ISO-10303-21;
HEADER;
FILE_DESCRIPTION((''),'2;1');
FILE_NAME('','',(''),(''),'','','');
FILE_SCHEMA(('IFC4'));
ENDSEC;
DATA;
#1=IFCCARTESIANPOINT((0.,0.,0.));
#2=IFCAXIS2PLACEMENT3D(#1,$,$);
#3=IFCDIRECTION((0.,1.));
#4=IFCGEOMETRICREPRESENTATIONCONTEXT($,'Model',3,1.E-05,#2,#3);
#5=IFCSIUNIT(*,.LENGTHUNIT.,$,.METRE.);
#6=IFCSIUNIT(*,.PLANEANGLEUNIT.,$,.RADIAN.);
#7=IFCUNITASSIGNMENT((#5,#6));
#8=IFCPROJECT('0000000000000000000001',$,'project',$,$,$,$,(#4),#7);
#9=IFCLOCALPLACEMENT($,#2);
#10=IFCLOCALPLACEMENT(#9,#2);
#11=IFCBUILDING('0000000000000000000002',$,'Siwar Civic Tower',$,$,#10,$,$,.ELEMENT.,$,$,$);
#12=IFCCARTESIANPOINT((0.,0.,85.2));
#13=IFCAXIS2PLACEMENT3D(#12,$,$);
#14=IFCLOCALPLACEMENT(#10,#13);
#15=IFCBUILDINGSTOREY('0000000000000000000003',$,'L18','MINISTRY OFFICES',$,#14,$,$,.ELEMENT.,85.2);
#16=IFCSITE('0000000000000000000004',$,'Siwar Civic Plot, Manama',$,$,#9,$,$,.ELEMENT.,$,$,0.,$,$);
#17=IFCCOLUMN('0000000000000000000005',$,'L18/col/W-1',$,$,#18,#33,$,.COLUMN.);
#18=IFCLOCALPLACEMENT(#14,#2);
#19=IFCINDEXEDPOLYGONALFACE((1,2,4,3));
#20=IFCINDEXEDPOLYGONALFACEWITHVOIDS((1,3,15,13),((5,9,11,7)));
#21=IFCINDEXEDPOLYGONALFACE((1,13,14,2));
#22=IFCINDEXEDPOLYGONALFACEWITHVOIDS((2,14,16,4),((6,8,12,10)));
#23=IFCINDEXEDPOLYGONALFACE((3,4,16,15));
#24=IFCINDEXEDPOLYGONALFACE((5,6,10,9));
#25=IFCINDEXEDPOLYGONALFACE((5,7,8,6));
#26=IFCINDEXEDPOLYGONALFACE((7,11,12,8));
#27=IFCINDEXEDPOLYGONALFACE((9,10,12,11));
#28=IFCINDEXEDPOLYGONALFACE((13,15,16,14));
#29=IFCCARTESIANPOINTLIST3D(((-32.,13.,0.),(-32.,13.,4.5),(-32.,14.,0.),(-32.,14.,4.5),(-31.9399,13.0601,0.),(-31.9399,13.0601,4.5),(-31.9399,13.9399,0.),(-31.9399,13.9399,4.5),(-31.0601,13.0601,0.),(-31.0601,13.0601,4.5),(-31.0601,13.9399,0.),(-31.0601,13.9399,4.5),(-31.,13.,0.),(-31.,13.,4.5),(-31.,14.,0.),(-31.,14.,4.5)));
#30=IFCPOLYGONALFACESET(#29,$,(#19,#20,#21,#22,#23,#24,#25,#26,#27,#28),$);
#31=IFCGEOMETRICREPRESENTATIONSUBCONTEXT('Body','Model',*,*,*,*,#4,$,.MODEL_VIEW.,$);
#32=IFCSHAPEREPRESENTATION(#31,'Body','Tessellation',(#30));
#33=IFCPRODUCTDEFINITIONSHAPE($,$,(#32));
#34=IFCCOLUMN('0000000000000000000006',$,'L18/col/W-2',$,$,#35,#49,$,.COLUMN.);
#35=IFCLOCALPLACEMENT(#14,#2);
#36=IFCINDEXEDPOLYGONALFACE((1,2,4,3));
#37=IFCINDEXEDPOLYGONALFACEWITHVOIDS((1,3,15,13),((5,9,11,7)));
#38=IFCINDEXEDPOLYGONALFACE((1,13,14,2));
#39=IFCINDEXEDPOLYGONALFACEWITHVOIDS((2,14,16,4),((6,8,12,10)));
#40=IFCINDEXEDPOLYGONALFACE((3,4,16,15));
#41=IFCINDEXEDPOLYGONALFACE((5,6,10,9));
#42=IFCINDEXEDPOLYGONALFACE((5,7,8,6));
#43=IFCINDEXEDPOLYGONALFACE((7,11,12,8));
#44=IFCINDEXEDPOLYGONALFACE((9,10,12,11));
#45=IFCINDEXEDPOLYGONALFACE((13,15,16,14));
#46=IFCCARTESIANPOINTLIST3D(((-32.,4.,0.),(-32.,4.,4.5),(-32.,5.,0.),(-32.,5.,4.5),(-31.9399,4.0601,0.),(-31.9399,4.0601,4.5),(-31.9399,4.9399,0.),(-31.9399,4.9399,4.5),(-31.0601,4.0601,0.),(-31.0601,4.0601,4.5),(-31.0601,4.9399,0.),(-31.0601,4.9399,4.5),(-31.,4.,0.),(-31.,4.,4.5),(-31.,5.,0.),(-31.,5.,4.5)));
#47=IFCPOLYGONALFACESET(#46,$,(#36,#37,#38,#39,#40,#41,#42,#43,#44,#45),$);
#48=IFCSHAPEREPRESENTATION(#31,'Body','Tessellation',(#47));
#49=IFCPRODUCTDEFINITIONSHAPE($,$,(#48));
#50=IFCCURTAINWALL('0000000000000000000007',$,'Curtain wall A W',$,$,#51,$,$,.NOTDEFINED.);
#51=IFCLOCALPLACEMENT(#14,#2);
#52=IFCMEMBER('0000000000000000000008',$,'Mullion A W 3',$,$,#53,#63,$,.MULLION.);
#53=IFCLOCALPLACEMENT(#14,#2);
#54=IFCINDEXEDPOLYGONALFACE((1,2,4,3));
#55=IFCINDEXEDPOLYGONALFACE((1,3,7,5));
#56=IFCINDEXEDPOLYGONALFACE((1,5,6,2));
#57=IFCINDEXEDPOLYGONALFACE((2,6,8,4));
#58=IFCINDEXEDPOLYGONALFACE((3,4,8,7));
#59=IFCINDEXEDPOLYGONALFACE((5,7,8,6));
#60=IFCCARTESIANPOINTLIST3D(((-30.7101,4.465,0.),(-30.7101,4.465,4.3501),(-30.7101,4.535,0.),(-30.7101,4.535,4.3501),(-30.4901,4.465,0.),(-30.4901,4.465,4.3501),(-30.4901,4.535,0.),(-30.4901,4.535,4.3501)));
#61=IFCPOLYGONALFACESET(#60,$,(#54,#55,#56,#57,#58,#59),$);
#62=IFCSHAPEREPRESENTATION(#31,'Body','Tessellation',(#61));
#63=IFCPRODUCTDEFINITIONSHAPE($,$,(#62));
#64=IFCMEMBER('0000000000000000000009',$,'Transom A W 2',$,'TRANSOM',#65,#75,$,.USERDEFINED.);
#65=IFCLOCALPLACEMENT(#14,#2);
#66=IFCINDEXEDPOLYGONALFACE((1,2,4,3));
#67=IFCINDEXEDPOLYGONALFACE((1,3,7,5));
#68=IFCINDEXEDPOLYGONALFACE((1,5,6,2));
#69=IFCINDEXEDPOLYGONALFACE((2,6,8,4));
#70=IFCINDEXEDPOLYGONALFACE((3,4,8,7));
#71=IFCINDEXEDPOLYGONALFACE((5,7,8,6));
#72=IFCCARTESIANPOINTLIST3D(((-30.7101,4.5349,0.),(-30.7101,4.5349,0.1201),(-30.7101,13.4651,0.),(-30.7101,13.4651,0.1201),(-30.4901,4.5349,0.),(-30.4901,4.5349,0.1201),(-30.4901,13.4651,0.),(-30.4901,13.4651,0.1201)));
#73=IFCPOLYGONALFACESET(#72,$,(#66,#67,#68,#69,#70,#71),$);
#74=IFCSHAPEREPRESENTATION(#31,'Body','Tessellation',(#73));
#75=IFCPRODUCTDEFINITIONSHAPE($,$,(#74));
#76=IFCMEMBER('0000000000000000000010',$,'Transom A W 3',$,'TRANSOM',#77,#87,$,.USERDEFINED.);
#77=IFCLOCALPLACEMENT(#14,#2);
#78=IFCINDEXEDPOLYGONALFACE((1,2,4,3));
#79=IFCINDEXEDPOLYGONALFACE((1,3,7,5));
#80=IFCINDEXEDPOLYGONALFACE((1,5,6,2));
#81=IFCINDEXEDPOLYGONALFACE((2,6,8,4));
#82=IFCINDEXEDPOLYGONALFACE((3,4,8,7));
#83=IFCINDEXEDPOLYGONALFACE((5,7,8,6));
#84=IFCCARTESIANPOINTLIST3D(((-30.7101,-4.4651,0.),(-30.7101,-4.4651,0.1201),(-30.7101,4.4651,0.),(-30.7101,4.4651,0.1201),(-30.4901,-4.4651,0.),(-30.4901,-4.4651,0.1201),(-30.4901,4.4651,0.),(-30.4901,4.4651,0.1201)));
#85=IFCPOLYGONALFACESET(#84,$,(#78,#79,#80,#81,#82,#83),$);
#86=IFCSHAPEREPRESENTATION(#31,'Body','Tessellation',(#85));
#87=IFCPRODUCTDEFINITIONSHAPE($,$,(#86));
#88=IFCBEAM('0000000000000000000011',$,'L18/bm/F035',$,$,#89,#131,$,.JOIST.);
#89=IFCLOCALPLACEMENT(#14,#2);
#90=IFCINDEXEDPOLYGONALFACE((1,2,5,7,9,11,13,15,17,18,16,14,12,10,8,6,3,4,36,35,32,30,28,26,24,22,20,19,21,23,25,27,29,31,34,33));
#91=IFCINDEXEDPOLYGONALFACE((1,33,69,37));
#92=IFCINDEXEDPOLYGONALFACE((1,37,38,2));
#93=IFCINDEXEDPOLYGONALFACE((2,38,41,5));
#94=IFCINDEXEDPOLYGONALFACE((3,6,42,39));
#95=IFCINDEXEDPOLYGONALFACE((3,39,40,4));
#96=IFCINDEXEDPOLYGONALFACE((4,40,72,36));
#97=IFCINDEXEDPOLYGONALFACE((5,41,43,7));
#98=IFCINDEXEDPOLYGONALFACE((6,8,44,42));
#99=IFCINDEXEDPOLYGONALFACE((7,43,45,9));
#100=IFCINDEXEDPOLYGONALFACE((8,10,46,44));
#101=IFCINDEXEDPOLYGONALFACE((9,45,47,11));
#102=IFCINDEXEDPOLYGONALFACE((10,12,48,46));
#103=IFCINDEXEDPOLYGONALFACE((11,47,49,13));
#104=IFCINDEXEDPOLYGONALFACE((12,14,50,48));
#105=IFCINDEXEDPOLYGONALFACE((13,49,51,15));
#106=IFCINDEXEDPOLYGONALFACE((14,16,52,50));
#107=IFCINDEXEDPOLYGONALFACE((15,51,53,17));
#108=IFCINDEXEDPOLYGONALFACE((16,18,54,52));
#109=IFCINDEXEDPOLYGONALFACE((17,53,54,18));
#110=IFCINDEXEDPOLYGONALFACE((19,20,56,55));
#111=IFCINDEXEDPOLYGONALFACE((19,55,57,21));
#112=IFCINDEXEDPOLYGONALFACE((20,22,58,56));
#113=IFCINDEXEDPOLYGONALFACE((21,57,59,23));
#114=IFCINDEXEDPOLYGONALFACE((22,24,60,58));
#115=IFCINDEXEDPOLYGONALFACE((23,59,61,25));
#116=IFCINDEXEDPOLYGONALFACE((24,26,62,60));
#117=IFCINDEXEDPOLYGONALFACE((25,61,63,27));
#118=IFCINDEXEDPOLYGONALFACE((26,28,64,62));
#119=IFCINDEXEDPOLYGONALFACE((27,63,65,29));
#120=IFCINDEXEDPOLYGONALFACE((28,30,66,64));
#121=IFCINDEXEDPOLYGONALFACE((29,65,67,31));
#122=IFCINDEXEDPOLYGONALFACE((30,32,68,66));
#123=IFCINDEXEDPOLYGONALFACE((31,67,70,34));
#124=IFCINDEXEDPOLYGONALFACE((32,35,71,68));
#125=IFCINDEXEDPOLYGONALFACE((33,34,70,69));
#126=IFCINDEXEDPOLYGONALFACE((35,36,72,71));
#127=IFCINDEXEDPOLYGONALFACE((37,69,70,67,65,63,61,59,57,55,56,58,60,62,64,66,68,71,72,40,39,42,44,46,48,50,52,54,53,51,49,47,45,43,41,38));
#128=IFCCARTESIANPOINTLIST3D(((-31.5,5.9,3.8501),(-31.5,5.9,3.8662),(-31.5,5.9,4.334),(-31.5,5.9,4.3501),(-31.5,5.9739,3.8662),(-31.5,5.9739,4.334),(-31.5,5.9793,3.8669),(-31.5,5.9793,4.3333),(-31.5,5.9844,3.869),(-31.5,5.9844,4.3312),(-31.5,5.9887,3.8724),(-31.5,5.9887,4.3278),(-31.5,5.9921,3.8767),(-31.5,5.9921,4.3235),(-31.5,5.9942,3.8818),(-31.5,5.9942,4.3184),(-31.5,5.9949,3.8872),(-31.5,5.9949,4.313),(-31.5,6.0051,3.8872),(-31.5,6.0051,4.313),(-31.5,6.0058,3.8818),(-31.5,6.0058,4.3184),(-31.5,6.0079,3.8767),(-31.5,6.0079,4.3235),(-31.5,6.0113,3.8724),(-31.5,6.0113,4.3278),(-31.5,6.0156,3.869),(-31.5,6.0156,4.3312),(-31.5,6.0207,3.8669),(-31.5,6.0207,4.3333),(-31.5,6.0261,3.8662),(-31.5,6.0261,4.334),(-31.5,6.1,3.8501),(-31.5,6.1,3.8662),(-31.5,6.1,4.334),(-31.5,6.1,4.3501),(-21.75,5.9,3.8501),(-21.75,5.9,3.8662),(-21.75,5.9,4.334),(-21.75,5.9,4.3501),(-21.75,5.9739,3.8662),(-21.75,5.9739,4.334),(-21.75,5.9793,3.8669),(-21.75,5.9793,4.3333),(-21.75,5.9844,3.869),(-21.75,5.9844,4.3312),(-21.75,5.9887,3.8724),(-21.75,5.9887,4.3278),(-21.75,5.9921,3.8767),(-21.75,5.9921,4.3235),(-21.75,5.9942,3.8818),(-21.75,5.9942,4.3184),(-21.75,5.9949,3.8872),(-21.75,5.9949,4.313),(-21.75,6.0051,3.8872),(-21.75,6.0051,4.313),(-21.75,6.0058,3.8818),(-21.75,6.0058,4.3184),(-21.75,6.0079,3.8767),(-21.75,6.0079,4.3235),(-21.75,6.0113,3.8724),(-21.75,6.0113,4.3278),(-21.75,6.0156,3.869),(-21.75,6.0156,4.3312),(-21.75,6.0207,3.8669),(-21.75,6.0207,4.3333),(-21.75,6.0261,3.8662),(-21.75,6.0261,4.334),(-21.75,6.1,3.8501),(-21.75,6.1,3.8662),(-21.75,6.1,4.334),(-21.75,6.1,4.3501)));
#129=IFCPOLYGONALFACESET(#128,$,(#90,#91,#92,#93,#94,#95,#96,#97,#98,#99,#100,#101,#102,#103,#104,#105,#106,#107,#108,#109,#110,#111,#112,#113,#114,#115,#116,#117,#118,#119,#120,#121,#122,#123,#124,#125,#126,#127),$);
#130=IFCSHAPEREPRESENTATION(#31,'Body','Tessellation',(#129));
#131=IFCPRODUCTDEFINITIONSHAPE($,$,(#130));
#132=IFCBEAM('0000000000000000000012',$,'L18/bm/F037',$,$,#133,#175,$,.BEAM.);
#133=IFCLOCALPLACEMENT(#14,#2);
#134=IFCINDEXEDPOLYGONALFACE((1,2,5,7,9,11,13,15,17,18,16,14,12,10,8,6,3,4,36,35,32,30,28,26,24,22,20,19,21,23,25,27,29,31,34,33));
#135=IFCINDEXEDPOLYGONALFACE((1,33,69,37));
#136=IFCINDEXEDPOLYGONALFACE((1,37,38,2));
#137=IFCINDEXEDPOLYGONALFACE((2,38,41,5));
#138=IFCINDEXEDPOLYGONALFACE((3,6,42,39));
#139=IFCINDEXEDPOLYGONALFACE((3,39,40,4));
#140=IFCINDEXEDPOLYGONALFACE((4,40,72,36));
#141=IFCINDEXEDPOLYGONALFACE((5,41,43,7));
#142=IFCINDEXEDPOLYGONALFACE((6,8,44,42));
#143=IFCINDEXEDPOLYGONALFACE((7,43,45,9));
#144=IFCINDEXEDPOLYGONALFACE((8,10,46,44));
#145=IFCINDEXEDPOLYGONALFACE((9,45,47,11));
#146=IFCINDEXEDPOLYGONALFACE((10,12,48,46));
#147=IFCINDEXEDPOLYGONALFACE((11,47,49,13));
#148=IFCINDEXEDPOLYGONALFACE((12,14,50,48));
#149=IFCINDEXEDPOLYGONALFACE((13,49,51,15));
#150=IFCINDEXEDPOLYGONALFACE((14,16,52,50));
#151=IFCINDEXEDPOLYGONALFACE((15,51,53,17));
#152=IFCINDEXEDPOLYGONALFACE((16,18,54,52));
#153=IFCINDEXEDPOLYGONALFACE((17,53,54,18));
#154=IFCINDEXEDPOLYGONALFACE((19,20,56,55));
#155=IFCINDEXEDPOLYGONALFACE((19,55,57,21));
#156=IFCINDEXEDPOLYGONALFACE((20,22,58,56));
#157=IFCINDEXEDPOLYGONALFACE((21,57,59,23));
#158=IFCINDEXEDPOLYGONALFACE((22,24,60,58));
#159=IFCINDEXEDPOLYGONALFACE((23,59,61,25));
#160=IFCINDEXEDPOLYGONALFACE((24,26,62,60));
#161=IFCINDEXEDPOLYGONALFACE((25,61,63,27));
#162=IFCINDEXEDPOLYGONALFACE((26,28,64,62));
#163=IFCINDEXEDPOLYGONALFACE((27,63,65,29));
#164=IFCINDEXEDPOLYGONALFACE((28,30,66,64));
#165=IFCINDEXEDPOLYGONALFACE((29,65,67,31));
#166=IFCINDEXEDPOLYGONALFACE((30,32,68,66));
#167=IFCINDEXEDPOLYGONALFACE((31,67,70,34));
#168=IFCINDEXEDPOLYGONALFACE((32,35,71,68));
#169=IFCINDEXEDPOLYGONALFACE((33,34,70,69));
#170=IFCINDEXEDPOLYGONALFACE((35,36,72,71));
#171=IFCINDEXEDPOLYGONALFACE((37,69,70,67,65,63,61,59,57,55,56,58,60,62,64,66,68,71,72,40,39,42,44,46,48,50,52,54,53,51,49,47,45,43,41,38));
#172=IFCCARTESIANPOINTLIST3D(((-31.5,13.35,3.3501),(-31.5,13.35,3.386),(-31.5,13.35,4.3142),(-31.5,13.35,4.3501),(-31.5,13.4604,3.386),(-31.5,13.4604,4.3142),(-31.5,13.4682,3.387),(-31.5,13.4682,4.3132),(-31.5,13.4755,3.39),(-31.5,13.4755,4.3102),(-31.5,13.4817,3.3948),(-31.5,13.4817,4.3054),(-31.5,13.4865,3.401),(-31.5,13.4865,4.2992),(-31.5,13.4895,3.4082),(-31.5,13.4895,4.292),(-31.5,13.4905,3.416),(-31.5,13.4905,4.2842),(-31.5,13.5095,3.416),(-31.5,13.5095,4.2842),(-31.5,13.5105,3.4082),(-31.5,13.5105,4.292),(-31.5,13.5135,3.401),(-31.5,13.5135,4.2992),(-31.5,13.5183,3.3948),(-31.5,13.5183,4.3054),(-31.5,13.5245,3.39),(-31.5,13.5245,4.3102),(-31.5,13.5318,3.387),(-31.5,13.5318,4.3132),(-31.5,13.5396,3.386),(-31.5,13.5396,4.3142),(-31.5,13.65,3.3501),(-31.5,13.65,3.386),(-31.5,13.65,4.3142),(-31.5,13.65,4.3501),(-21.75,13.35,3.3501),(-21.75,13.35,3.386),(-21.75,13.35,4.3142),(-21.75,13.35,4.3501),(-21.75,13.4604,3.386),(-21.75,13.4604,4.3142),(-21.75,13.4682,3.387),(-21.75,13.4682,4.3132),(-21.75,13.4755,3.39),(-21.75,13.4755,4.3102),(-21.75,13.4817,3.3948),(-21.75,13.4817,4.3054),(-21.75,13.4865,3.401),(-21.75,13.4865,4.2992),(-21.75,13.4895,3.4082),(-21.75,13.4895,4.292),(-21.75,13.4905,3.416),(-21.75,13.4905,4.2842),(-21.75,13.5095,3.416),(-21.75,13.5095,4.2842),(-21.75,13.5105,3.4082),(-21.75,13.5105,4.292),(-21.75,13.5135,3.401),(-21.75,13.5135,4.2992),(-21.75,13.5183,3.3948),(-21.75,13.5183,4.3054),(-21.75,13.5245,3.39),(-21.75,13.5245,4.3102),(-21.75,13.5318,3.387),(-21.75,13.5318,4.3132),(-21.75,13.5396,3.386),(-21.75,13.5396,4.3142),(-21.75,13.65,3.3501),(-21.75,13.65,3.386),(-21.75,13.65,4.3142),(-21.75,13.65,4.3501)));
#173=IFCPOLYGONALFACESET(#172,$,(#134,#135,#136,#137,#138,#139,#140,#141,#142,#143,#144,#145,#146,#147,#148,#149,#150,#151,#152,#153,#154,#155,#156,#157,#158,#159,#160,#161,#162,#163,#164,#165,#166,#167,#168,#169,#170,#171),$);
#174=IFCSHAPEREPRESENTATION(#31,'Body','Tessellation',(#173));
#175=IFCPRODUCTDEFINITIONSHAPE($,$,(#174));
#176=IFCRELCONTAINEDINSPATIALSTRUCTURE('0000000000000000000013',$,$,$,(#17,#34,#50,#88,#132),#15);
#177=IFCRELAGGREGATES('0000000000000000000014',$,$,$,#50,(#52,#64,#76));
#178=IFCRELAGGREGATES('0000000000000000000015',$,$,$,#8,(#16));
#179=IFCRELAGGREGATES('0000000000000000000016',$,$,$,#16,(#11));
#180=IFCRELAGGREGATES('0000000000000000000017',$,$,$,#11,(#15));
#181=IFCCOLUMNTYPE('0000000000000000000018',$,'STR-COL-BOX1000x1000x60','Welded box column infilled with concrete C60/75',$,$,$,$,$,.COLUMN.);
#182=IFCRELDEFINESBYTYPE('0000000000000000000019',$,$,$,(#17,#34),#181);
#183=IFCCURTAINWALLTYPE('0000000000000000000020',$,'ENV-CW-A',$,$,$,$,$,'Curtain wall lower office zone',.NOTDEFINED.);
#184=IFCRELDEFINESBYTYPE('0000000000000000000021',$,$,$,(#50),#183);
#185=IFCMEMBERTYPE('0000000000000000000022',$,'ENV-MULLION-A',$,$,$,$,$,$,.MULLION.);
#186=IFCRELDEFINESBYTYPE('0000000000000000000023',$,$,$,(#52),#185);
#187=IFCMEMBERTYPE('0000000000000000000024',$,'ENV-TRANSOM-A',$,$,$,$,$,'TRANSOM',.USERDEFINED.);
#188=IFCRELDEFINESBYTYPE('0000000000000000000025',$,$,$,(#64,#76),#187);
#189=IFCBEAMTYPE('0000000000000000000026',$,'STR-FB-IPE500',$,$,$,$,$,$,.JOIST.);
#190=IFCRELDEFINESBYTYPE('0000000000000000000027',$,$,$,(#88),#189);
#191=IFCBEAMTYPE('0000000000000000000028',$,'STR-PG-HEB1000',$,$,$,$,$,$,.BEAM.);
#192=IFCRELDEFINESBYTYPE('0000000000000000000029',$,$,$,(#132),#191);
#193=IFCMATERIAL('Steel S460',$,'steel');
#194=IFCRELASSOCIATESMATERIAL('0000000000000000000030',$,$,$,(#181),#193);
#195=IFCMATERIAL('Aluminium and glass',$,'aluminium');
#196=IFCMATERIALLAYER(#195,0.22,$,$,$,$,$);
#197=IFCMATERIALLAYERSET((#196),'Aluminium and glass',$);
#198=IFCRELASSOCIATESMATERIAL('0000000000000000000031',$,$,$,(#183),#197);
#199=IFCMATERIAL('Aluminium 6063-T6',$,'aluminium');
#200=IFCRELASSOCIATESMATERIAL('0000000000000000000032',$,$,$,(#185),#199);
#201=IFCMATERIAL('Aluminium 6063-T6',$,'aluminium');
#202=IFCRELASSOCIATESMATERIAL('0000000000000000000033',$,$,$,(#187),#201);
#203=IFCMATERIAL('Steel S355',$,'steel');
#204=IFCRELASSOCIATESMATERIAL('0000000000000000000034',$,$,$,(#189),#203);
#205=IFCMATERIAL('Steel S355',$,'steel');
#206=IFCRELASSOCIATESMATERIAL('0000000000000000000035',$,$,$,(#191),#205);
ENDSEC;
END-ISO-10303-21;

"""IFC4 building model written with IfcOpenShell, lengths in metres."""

from ifc_helpers import new_model, si_unit, direction, frame, origin, origin_2d, place, context, subcontext, project, spatial, rectangle, hollow_rectangle, i_section, extrude, material, layer, layer_set, material_profile, profile_set, type_object, element, aggregate, save


model = new_model("IFC4")

# Units and contexts
model_context = context("Model", 3, precision=1e-05, world=origin(), true_north=direction((0.0, 1.0)))
body_context = subcontext(model_context, "Body", "Model", "MODEL_VIEW")
ifc_project = project(units=[si_unit("LENGTHUNIT", "METRE"), si_unit("PLANEANGLEUNIT", "RADIAN")], contexts=[model_context])

# Site, building, storey
site_placement = place(None, origin())
site = spatial("IfcSite", under=ifc_project, at=site_placement, Name="Siwar Civic Plot, Manama", CompositionType="ELEMENT", RefElevation=0.0)
building_placement = place(site_placement, origin())
building = spatial("IfcBuilding", under=site, at=building_placement, Name="Siwar Civic Tower", CompositionType="ELEMENT")
storey_placement = place(building_placement, frame((0.0, 0.0, 85.2)))
storey = spatial("IfcBuildingStorey", under=building, at=storey_placement, Name="L18", Description="MINISTRY OFFICES", CompositionType="ELEMENT", Elevation=85.2)

# Columns
ifc_material_1 = material(Name="Steel S460", Category="steel")
ifc_material_profile_1 = material_profile(ifc_material_1, hollow_rectangle(XDim=1.0, YDim=1.0, WallThickness=0.0601, at=origin_2d()), Name="BOX1000x1000x60")
ifc_profile_set_1 = profile_set([ifc_material_profile_1], Name="Steel S460")
column_type = type_object("IfcColumnType", Name="STR-COL-BOX1000x1000x60", Description="Welded box column infilled with concrete C60/75", PredefinedType="COLUMN", material=ifc_profile_set_1)
for number, where, z_axis, x_axis, name in (
    (1, (-31.5, 13.5, 0.0), (0.0, 0.0, 1.0), (1.0, 0.0, 0.0), "L18/col/W-1"),
    (2, (-31.5, 4.5, 0.0), (0.0, 0.0, 1.0), (1.0, 0.0, 0.0), "L18/col/W-2"),
):
    element("IfcColumn", number, at=place(storey_placement, frame(where, z_axis=z_axis, x_axis=x_axis)), inside=storey, type_object=column_type, Name=name, PredefinedType="COLUMN", context=body_context, shape_type="SweptSolid", body=[
        extrude(hollow_rectangle(XDim=1.0, YDim=1.0, WallThickness=0.0601, at=origin_2d()), origin(), (0.0, 0.0, 1.0), 4.5),
    ])

# Curtain wall, members
ifc_material_2 = material(Name="Aluminium and glass", Category="aluminium")
ifc_layer_1 = layer(ifc_material_2, 0.22)
ifc_layer_set_1 = layer_set([ifc_layer_1], Name="Aluminium and glass")
curtain_wall_type = type_object("IfcCurtainWallType", Name="ENV-CW-A", ElementType="Curtain wall lower office zone", PredefinedType="NOTDEFINED", material=ifc_layer_set_1)
curtain_wall_placement = place(storey_placement, origin())
curtain_wall = element("IfcCurtainWall", 3, at=curtain_wall_placement, inside=storey, type_object=curtain_wall_type, Name="Curtain wall A W", PredefinedType="NOTDEFINED")
ifc_material_3 = material(Name="Aluminium 6063-T6", Category="aluminium")
ifc_material_profile_2 = material_profile(ifc_material_3, rectangle(XDim=0.22, YDim=0.0701, at=origin_2d()), Name="AL 220x70")
ifc_profile_set_2 = profile_set([ifc_material_profile_2], Name="Aluminium 6063-T6")
member_type_1 = type_object("IfcMemberType", Name="ENV-MULLION-A", PredefinedType="MULLION", material=ifc_profile_set_2)
member_1_placement = place(storey_placement, frame((-30.6001, 4.5, 0.0), z_axis=(0.0, 0.0, 1.0), x_axis=(1.0, 0.0, 0.0)))
member_1 = element("IfcMember", 4, at=member_1_placement, type_object=member_type_1, Name="Mullion A W 3", PredefinedType="MULLION", context=body_context, shape_type="SweptSolid", body=[
    extrude(rectangle(XDim=0.22, YDim=0.0701, at=origin_2d()), origin(), (0.0, 0.0, 1.0), 4.3501),
])
ifc_material_4 = material(Name="Aluminium 6063-T6", Category="aluminium")
ifc_material_profile_3 = material_profile(ifc_material_4, rectangle(XDim=0.22, YDim=0.1201, at=origin_2d()), Name="AL 220x120")
ifc_profile_set_3 = profile_set([ifc_material_profile_3], Name="Aluminium 6063-T6")
member_type_2 = type_object("IfcMemberType", Name="ENV-TRANSOM-A", ElementType="TRANSOM", PredefinedType="USERDEFINED", material=ifc_profile_set_3)
member_2_placement = place(storey_placement, frame((-30.6001, 13.4651, 0.0601), z_axis=(0.0, -1.0, 0.0), x_axis=(1.0, 0.0, 0.0)))
member_2 = element("IfcMember", 5, at=member_2_placement, type_object=member_type_2, Name="Transom A W 2", ObjectType="TRANSOM", PredefinedType="USERDEFINED", context=body_context, shape_type="SweptSolid", body=[
    extrude(rectangle(XDim=0.22, YDim=0.1201, at=origin_2d()), origin(), (0.0, 0.0, 1.0), 8.9302),
])
member_3_placement = place(storey_placement, frame((-30.6001, 4.4651, 0.0601), z_axis=(0.0, -1.0, 0.0), x_axis=(1.0, 0.0, 0.0)))
member_3 = element("IfcMember", 6, at=member_3_placement, type_object=member_type_2, Name="Transom A W 3", ObjectType="TRANSOM", PredefinedType="USERDEFINED", context=body_context, shape_type="SweptSolid", body=[
    extrude(rectangle(XDim=0.22, YDim=0.1201, at=origin_2d()), origin(), (0.0, 0.0, 1.0), 8.9302),
])

# Beams
ifc_material_5 = material(Name="Steel S355", Category="steel")
ifc_material_profile_4 = material_profile(ifc_material_5, i_section(OverallWidth=0.2, OverallDepth=0.5, WebThickness=0.0103, FlangeThickness=0.0161, FilletRadius=0.021, at=origin_2d()), Name="IPE500")
ifc_profile_set_4 = profile_set([ifc_material_profile_4], Name="Steel S355")
beam_type_1 = type_object("IfcBeamType", Name="STR-FB-IPE500", PredefinedType="JOIST", material=ifc_profile_set_4)
beam_1_placement = place(storey_placement, frame((-31.5, 6.0, 4.1001), z_axis=(1.0, 0.0, 0.0), x_axis=(0.0, 1.0, 0.0)))
element("IfcBeam", 7, at=beam_1_placement, inside=storey, type_object=beam_type_1, Name="L18/bm/F035", PredefinedType="JOIST", context=body_context, shape_type="SweptSolid", body=[
    extrude(i_section(OverallWidth=0.2, OverallDepth=0.5, WebThickness=0.0103, FlangeThickness=0.0161, FilletRadius=0.021, at=origin_2d()), origin(), (0.0, 0.0, 1.0), 9.75),
])
ifc_material_6 = material(Name="Steel S355", Category="steel")
ifc_material_profile_5 = material_profile(ifc_material_6, i_section(OverallWidth=0.3, OverallDepth=1.0, WebThickness=0.019, FlangeThickness=0.0359, FilletRadius=0.03, at=origin_2d()), Name="HEB1000")
ifc_profile_set_5 = profile_set([ifc_material_profile_5], Name="Steel S355")
beam_type_2 = type_object("IfcBeamType", Name="STR-PG-HEB1000", PredefinedType="BEAM", material=ifc_profile_set_5)
beam_2_placement = place(storey_placement, frame((-31.5, 13.5, 3.8501), z_axis=(1.0, 0.0, 0.0), x_axis=(0.0, 1.0, 0.0)))
element("IfcBeam", 8, at=beam_2_placement, inside=storey, type_object=beam_type_2, Name="L18/bm/F037", PredefinedType="BEAM", context=body_context, shape_type="SweptSolid", body=[
    extrude(i_section(OverallWidth=0.3, OverallDepth=1.0, WebThickness=0.019, FlangeThickness=0.0359, FilletRadius=0.03, at=origin_2d()), origin(), (0.0, 0.0, 1.0), 9.75),
])

aggregate(curtain_wall, [member_1, member_2, member_3])

save(model, "model.ifc")
